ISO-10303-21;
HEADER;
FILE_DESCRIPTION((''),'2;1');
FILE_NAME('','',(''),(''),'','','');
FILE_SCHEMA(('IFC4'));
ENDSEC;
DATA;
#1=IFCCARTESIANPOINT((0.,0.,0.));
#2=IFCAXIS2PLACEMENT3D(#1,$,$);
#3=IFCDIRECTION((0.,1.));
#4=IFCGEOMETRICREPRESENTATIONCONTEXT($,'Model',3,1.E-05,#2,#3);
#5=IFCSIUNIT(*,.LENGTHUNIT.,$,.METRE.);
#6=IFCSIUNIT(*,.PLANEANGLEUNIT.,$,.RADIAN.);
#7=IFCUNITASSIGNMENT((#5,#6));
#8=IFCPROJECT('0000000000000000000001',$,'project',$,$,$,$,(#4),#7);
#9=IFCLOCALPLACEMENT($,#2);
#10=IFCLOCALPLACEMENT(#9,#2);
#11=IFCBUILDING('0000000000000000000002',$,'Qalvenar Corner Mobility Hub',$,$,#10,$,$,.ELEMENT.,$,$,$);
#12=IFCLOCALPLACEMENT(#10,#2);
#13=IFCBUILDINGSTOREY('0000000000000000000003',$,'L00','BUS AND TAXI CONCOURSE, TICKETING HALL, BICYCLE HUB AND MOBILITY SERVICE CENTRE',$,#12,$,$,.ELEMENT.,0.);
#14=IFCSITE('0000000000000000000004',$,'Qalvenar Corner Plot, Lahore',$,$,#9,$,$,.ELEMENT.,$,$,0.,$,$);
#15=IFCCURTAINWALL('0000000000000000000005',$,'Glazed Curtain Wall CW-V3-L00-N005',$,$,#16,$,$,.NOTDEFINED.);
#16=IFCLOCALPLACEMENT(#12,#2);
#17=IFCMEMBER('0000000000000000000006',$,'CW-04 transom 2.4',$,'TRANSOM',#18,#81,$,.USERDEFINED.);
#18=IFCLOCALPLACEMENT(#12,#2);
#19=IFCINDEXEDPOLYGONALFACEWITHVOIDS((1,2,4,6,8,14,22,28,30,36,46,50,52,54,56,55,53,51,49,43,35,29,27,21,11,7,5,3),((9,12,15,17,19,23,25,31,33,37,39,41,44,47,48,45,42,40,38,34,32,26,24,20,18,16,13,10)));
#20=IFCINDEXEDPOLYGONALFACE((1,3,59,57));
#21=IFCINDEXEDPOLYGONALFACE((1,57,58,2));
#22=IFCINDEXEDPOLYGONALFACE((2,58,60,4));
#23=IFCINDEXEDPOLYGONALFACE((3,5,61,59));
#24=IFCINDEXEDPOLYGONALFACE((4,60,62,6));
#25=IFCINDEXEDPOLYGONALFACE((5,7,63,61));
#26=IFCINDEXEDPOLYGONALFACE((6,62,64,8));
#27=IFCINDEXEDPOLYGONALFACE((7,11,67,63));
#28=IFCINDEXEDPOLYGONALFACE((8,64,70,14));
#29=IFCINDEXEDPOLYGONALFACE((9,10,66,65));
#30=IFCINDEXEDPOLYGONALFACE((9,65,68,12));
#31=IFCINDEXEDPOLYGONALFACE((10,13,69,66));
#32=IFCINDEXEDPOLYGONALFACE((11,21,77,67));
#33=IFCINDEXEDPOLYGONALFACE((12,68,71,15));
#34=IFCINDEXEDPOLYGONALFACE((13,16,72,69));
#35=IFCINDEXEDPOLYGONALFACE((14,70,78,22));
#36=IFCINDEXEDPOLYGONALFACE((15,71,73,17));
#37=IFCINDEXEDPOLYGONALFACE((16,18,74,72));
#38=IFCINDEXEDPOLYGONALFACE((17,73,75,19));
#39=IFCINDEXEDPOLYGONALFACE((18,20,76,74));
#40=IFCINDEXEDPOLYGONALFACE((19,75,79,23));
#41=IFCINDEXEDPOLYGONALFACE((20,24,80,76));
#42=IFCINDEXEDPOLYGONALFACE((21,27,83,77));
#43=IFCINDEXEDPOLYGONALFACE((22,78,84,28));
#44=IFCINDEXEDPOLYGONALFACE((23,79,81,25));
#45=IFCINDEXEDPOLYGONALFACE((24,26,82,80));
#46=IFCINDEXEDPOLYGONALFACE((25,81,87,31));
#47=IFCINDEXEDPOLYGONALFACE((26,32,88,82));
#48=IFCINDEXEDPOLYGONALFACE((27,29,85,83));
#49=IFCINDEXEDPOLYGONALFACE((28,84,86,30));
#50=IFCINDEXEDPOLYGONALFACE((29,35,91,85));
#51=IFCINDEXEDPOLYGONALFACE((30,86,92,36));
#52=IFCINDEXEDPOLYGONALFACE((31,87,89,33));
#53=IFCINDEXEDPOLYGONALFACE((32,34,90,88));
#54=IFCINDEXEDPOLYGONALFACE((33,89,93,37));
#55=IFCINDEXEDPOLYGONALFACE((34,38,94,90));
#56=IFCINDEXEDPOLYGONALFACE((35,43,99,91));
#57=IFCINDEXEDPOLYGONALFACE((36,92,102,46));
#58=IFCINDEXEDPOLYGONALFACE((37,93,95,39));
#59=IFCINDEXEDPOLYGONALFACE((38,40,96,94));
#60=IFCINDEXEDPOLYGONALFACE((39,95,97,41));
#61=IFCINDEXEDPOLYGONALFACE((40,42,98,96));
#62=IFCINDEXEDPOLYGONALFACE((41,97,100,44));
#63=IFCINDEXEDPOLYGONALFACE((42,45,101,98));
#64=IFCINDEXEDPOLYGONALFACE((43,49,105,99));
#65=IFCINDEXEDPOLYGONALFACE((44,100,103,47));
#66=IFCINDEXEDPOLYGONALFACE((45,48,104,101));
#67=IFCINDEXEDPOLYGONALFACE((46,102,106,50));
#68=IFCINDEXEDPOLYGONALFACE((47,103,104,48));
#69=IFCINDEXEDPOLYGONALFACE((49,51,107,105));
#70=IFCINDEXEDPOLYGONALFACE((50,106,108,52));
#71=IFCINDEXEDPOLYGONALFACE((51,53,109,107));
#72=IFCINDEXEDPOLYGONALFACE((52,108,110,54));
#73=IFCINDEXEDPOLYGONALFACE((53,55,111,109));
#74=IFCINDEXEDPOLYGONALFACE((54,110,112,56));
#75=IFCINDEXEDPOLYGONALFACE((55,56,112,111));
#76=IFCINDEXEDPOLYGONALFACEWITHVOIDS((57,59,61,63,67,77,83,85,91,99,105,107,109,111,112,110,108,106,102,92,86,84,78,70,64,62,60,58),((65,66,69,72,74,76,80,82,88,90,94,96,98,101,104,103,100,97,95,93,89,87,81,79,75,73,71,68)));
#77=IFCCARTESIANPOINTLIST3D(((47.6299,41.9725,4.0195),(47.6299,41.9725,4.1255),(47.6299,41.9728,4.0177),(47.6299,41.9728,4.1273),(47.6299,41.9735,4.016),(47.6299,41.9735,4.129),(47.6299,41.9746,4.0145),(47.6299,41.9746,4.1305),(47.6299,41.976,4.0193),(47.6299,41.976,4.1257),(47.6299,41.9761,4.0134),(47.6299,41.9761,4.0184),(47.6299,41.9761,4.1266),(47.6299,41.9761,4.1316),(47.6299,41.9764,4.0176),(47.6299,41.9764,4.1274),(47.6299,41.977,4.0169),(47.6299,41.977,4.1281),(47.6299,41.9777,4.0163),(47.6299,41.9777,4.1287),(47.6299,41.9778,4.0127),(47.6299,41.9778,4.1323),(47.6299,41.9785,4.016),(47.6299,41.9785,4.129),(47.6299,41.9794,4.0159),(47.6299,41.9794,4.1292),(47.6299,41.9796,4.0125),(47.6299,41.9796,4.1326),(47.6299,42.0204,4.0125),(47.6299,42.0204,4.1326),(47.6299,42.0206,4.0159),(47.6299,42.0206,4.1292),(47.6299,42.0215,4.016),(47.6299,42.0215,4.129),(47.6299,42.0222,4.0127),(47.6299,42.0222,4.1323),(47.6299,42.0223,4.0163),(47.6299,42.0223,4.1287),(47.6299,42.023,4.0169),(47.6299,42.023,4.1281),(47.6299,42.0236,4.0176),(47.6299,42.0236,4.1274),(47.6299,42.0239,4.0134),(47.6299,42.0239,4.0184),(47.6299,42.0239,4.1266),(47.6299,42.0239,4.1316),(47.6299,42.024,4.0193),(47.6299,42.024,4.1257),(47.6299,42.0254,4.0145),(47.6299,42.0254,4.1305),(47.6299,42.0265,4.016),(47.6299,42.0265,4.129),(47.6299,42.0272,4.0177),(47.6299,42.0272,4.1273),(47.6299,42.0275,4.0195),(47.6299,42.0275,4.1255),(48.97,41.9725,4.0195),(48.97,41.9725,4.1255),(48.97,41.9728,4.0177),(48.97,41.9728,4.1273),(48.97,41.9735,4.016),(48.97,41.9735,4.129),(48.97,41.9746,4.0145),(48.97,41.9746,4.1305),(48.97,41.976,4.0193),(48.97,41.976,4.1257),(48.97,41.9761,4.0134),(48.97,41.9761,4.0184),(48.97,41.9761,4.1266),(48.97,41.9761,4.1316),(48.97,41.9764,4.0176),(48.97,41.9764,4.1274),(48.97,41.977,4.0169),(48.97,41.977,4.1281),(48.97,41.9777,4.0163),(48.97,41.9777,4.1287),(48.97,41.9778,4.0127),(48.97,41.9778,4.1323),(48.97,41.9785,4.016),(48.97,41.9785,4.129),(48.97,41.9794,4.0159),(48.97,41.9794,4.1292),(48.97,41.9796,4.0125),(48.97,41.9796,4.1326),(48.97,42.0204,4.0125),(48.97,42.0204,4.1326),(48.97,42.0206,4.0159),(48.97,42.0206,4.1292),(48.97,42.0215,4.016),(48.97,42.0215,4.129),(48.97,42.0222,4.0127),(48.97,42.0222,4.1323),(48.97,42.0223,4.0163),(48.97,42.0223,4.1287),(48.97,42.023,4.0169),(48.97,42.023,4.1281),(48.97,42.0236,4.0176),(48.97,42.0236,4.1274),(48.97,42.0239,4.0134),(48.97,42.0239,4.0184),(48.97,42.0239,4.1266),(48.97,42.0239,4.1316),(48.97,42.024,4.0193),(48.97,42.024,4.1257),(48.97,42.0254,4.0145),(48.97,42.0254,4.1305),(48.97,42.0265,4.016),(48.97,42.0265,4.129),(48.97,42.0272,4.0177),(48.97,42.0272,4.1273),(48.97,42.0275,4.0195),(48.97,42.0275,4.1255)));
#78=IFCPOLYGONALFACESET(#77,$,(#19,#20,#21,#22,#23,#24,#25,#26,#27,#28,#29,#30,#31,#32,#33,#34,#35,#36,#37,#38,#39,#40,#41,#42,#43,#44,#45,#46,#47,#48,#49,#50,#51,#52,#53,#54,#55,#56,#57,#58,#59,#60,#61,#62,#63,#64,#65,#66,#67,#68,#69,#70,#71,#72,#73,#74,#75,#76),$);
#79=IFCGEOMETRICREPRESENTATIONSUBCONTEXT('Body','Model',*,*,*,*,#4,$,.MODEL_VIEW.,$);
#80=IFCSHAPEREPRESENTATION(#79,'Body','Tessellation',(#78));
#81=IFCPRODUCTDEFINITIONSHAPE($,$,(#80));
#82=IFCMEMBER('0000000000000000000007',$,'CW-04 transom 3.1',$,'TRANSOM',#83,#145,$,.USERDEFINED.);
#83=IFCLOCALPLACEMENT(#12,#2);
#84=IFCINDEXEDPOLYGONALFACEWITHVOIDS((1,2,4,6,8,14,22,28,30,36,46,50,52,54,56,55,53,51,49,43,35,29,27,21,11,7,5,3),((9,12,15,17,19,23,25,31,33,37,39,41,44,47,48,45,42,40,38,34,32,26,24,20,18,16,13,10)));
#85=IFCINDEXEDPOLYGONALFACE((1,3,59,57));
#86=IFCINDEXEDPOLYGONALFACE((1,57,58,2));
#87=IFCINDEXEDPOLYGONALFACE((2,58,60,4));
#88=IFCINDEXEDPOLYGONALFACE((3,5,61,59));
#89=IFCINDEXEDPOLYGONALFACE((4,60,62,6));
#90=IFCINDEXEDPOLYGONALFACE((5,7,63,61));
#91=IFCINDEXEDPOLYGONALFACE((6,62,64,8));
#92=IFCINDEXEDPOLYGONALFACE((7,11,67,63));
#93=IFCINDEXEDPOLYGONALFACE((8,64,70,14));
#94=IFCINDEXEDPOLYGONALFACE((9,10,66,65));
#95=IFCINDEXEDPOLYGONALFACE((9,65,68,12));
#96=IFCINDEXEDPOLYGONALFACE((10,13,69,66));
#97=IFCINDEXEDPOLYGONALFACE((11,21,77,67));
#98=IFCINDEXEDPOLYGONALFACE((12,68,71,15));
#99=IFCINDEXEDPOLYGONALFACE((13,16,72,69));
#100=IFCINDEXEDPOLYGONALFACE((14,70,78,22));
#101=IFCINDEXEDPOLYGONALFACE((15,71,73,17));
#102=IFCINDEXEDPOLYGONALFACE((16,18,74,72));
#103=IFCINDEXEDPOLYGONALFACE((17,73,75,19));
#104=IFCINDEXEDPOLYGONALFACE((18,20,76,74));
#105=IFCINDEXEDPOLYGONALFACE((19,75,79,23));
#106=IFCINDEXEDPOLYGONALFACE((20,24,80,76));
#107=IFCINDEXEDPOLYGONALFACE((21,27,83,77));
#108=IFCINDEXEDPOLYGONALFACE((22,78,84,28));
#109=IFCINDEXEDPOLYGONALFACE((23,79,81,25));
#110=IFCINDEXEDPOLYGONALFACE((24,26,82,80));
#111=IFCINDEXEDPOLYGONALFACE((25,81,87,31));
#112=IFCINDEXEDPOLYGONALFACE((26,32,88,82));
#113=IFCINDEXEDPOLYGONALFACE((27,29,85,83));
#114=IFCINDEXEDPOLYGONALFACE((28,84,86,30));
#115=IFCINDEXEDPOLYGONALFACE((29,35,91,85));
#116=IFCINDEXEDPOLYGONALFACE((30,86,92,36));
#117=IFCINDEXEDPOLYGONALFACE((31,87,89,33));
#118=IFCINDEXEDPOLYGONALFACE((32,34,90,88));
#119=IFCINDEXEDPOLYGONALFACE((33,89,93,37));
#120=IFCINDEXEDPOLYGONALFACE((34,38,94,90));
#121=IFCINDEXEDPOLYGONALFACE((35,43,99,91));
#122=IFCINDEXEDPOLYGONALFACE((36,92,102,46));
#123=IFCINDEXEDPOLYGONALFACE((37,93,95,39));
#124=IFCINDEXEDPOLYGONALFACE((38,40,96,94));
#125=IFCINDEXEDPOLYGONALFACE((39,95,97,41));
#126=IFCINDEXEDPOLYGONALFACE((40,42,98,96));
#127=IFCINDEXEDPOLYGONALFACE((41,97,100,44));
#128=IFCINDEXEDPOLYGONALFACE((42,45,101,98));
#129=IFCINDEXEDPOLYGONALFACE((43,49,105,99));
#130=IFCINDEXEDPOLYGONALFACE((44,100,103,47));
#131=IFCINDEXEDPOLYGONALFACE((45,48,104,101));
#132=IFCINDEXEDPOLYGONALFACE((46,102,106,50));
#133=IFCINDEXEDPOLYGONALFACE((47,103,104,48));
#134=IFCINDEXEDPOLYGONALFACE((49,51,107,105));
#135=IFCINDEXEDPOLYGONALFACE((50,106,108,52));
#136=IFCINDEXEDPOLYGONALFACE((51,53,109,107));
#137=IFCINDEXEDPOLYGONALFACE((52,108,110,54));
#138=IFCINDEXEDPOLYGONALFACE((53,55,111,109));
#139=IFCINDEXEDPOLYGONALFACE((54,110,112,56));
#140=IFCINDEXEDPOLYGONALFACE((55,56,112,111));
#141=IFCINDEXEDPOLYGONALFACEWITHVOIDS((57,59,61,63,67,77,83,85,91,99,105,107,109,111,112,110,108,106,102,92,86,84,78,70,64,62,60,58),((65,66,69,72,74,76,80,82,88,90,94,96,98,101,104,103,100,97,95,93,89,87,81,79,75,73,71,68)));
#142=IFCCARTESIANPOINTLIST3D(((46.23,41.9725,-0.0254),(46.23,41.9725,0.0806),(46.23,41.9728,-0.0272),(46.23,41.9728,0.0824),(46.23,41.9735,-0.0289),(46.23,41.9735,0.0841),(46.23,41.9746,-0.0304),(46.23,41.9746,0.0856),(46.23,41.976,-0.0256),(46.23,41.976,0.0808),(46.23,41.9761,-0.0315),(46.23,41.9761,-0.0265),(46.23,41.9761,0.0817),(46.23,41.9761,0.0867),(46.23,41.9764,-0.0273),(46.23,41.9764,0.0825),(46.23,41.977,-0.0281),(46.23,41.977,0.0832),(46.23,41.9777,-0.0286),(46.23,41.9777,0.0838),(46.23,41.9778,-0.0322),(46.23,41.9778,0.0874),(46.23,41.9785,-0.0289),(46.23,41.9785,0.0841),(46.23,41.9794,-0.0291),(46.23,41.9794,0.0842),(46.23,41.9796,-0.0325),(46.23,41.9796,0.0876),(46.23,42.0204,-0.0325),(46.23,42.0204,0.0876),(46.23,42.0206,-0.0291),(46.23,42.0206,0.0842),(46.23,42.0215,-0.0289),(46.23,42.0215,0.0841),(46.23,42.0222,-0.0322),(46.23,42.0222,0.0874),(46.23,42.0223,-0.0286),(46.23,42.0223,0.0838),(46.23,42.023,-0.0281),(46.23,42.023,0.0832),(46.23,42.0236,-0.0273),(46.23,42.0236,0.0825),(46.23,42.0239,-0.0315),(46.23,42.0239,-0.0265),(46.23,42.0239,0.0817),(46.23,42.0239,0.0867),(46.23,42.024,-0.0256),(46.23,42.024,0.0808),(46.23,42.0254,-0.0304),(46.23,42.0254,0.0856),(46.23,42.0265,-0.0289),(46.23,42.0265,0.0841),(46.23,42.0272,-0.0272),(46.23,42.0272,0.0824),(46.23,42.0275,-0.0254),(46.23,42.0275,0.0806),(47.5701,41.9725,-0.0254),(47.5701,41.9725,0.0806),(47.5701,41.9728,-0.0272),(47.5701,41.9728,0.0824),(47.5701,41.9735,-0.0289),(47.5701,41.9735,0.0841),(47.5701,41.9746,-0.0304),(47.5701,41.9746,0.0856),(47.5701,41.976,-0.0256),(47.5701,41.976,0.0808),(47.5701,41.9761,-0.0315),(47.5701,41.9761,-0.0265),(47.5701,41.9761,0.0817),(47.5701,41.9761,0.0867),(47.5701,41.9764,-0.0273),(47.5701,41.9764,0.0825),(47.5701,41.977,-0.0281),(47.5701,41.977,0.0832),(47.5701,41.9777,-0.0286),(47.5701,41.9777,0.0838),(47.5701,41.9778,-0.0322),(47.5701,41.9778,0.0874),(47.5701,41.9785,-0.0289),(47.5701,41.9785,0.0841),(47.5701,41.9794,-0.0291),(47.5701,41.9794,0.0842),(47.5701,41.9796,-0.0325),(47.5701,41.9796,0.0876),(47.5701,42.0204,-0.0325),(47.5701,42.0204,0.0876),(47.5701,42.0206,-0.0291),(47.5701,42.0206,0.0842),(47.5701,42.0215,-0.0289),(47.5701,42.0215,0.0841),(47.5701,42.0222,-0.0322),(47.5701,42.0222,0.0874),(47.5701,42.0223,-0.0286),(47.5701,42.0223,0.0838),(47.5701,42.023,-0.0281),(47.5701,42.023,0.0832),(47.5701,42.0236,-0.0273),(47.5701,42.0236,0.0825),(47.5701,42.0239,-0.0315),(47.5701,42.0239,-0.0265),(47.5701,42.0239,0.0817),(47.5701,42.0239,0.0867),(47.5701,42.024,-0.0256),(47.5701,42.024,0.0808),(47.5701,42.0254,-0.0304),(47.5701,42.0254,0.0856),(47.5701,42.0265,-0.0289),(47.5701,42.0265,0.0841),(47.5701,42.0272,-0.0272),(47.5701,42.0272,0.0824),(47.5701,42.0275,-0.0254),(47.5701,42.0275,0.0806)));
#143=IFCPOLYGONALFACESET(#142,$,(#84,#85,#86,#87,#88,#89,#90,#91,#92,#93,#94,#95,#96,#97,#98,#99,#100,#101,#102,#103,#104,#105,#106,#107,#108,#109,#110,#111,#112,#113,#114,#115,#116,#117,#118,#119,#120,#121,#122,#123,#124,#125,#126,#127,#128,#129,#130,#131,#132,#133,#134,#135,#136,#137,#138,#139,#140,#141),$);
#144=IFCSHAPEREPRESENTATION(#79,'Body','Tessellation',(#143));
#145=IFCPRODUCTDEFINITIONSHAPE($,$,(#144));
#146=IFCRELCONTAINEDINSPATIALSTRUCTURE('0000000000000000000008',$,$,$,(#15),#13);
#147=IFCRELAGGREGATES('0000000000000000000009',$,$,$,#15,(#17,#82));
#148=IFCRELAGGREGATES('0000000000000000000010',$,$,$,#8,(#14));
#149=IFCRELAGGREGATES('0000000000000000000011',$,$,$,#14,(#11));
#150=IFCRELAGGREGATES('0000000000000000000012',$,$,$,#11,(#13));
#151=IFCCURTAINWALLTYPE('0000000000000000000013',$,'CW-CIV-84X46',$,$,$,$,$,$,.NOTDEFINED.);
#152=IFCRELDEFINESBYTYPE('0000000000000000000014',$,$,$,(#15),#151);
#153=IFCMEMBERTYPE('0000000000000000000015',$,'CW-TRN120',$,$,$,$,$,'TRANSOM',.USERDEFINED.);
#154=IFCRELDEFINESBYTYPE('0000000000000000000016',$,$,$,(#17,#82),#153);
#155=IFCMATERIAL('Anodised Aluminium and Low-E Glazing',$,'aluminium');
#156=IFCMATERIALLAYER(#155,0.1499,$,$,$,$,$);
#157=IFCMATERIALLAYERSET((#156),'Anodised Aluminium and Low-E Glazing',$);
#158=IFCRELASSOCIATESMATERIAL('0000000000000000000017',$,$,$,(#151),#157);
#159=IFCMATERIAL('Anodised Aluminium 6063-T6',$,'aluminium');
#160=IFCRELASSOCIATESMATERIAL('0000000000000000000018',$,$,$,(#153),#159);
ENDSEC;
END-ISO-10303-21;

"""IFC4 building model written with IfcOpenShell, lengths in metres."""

from ifc_helpers import new_model, si_unit, direction, frame, origin, origin_2d, place, context, subcontext, project, spatial, hollow_rectangle, extrude, material, layer, layer_set, material_profile, profile_set, type_object, element, aggregate, save


model = new_model("IFC4")

# Units and contexts
model_context = context("Model", 3, precision=1e-05, world=origin(), true_north=direction((0.0, 1.0)))
body_context = subcontext(model_context, "Body", "Model", "MODEL_VIEW")
ifc_project = project(units=[si_unit("LENGTHUNIT", "METRE"), si_unit("PLANEANGLEUNIT", "RADIAN")], contexts=[model_context])

# Site, building, storey
site_placement = place(None, origin())
site = spatial("IfcSite", under=ifc_project, at=site_placement, Name="Qalvenar Corner Plot, Lahore", CompositionType="ELEMENT", RefElevation=0.0)
building_placement = place(site_placement, origin())
building = spatial("IfcBuilding", under=site, at=building_placement, Name="Qalvenar Corner Mobility Hub", CompositionType="ELEMENT")
storey_placement = place(building_placement, origin())
storey = spatial("IfcBuildingStorey", under=building, at=storey_placement, Name="L00", Description="BUS AND TAXI CONCOURSE, TICKETING HALL, BICYCLE HUB AND MOBILITY SERVICE CENTRE", CompositionType="ELEMENT", Elevation=0.0)

# Curtain wall, members
ifc_material_1 = material(Name="Anodised Aluminium and Low-E Glazing", Category="aluminium")
ifc_layer_1 = layer(ifc_material_1, 0.1499)
ifc_layer_set_1 = layer_set([ifc_layer_1], Name="Anodised Aluminium and Low-E Glazing")
curtain_wall_type = type_object("IfcCurtainWallType", Name="CW-CIV-84X46", PredefinedType="NOTDEFINED", material=ifc_layer_set_1)
curtain_wall_placement = place(storey_placement, origin())
curtain_wall = element("IfcCurtainWall", 1, at=curtain_wall_placement, inside=storey, type_object=curtain_wall_type, Name="Glazed Curtain Wall CW-V3-L00-N005", PredefinedType="NOTDEFINED")
ifc_material_2 = material(Name="Anodised Aluminium 6063-T6", Category="aluminium")
ifc_material_profile_1 = material_profile(ifc_material_2, hollow_rectangle(XDim=0.0549, YDim=0.1201, WallThickness=0.0034, InnerFilletRadius=0.0034, OuterFilletRadius=0.0071, at=origin_2d()), Name="RHS120x55x3.5")
ifc_profile_set_1 = profile_set([ifc_material_profile_1], Name="Anodised Aluminium 6063-T6")
member_type_1 = type_object("IfcMemberType", Name="CW-TRN120", ElementType="TRANSOM", PredefinedType="USERDEFINED", material=ifc_profile_set_1)
member_1_placement = place(storey_placement, frame((48.97, 42.0, 4.0725), z_axis=(-1.0, 0.0, 0.0), x_axis=(0.0, -1.0, 0.0)))
member_1 = element("IfcMember", 2, at=member_1_placement, type_object=member_type_1, Name="CW-04 transom 2.4", ObjectType="TRANSOM", PredefinedType="USERDEFINED", context=body_context, shape_type="SweptSolid", body=[
    extrude(hollow_rectangle(XDim=0.0549, YDim=0.1201, WallThickness=0.0034, InnerFilletRadius=0.0034, OuterFilletRadius=0.0071, at=origin_2d()), origin(), (0.0, 0.0, 1.0), 1.3401),
])
member_2_placement = place(storey_placement, frame((47.5701, 42.0, 0.0276), z_axis=(-1.0, 0.0, 0.0), x_axis=(0.0, -1.0, 0.0)))
member_2 = element("IfcMember", 3, at=member_2_placement, type_object=member_type_1, Name="CW-04 transom 3.1", ObjectType="TRANSOM", PredefinedType="USERDEFINED", context=body_context, shape_type="SweptSolid", body=[
    extrude(hollow_rectangle(XDim=0.0549, YDim=0.1201, WallThickness=0.0034, InnerFilletRadius=0.0034, OuterFilletRadius=0.0071, at=origin_2d()), origin(), (0.0, 0.0, 1.0), 1.3401),
])
aggregate(curtain_wall, [member_1, member_2])

save(model, "model.ifc")
